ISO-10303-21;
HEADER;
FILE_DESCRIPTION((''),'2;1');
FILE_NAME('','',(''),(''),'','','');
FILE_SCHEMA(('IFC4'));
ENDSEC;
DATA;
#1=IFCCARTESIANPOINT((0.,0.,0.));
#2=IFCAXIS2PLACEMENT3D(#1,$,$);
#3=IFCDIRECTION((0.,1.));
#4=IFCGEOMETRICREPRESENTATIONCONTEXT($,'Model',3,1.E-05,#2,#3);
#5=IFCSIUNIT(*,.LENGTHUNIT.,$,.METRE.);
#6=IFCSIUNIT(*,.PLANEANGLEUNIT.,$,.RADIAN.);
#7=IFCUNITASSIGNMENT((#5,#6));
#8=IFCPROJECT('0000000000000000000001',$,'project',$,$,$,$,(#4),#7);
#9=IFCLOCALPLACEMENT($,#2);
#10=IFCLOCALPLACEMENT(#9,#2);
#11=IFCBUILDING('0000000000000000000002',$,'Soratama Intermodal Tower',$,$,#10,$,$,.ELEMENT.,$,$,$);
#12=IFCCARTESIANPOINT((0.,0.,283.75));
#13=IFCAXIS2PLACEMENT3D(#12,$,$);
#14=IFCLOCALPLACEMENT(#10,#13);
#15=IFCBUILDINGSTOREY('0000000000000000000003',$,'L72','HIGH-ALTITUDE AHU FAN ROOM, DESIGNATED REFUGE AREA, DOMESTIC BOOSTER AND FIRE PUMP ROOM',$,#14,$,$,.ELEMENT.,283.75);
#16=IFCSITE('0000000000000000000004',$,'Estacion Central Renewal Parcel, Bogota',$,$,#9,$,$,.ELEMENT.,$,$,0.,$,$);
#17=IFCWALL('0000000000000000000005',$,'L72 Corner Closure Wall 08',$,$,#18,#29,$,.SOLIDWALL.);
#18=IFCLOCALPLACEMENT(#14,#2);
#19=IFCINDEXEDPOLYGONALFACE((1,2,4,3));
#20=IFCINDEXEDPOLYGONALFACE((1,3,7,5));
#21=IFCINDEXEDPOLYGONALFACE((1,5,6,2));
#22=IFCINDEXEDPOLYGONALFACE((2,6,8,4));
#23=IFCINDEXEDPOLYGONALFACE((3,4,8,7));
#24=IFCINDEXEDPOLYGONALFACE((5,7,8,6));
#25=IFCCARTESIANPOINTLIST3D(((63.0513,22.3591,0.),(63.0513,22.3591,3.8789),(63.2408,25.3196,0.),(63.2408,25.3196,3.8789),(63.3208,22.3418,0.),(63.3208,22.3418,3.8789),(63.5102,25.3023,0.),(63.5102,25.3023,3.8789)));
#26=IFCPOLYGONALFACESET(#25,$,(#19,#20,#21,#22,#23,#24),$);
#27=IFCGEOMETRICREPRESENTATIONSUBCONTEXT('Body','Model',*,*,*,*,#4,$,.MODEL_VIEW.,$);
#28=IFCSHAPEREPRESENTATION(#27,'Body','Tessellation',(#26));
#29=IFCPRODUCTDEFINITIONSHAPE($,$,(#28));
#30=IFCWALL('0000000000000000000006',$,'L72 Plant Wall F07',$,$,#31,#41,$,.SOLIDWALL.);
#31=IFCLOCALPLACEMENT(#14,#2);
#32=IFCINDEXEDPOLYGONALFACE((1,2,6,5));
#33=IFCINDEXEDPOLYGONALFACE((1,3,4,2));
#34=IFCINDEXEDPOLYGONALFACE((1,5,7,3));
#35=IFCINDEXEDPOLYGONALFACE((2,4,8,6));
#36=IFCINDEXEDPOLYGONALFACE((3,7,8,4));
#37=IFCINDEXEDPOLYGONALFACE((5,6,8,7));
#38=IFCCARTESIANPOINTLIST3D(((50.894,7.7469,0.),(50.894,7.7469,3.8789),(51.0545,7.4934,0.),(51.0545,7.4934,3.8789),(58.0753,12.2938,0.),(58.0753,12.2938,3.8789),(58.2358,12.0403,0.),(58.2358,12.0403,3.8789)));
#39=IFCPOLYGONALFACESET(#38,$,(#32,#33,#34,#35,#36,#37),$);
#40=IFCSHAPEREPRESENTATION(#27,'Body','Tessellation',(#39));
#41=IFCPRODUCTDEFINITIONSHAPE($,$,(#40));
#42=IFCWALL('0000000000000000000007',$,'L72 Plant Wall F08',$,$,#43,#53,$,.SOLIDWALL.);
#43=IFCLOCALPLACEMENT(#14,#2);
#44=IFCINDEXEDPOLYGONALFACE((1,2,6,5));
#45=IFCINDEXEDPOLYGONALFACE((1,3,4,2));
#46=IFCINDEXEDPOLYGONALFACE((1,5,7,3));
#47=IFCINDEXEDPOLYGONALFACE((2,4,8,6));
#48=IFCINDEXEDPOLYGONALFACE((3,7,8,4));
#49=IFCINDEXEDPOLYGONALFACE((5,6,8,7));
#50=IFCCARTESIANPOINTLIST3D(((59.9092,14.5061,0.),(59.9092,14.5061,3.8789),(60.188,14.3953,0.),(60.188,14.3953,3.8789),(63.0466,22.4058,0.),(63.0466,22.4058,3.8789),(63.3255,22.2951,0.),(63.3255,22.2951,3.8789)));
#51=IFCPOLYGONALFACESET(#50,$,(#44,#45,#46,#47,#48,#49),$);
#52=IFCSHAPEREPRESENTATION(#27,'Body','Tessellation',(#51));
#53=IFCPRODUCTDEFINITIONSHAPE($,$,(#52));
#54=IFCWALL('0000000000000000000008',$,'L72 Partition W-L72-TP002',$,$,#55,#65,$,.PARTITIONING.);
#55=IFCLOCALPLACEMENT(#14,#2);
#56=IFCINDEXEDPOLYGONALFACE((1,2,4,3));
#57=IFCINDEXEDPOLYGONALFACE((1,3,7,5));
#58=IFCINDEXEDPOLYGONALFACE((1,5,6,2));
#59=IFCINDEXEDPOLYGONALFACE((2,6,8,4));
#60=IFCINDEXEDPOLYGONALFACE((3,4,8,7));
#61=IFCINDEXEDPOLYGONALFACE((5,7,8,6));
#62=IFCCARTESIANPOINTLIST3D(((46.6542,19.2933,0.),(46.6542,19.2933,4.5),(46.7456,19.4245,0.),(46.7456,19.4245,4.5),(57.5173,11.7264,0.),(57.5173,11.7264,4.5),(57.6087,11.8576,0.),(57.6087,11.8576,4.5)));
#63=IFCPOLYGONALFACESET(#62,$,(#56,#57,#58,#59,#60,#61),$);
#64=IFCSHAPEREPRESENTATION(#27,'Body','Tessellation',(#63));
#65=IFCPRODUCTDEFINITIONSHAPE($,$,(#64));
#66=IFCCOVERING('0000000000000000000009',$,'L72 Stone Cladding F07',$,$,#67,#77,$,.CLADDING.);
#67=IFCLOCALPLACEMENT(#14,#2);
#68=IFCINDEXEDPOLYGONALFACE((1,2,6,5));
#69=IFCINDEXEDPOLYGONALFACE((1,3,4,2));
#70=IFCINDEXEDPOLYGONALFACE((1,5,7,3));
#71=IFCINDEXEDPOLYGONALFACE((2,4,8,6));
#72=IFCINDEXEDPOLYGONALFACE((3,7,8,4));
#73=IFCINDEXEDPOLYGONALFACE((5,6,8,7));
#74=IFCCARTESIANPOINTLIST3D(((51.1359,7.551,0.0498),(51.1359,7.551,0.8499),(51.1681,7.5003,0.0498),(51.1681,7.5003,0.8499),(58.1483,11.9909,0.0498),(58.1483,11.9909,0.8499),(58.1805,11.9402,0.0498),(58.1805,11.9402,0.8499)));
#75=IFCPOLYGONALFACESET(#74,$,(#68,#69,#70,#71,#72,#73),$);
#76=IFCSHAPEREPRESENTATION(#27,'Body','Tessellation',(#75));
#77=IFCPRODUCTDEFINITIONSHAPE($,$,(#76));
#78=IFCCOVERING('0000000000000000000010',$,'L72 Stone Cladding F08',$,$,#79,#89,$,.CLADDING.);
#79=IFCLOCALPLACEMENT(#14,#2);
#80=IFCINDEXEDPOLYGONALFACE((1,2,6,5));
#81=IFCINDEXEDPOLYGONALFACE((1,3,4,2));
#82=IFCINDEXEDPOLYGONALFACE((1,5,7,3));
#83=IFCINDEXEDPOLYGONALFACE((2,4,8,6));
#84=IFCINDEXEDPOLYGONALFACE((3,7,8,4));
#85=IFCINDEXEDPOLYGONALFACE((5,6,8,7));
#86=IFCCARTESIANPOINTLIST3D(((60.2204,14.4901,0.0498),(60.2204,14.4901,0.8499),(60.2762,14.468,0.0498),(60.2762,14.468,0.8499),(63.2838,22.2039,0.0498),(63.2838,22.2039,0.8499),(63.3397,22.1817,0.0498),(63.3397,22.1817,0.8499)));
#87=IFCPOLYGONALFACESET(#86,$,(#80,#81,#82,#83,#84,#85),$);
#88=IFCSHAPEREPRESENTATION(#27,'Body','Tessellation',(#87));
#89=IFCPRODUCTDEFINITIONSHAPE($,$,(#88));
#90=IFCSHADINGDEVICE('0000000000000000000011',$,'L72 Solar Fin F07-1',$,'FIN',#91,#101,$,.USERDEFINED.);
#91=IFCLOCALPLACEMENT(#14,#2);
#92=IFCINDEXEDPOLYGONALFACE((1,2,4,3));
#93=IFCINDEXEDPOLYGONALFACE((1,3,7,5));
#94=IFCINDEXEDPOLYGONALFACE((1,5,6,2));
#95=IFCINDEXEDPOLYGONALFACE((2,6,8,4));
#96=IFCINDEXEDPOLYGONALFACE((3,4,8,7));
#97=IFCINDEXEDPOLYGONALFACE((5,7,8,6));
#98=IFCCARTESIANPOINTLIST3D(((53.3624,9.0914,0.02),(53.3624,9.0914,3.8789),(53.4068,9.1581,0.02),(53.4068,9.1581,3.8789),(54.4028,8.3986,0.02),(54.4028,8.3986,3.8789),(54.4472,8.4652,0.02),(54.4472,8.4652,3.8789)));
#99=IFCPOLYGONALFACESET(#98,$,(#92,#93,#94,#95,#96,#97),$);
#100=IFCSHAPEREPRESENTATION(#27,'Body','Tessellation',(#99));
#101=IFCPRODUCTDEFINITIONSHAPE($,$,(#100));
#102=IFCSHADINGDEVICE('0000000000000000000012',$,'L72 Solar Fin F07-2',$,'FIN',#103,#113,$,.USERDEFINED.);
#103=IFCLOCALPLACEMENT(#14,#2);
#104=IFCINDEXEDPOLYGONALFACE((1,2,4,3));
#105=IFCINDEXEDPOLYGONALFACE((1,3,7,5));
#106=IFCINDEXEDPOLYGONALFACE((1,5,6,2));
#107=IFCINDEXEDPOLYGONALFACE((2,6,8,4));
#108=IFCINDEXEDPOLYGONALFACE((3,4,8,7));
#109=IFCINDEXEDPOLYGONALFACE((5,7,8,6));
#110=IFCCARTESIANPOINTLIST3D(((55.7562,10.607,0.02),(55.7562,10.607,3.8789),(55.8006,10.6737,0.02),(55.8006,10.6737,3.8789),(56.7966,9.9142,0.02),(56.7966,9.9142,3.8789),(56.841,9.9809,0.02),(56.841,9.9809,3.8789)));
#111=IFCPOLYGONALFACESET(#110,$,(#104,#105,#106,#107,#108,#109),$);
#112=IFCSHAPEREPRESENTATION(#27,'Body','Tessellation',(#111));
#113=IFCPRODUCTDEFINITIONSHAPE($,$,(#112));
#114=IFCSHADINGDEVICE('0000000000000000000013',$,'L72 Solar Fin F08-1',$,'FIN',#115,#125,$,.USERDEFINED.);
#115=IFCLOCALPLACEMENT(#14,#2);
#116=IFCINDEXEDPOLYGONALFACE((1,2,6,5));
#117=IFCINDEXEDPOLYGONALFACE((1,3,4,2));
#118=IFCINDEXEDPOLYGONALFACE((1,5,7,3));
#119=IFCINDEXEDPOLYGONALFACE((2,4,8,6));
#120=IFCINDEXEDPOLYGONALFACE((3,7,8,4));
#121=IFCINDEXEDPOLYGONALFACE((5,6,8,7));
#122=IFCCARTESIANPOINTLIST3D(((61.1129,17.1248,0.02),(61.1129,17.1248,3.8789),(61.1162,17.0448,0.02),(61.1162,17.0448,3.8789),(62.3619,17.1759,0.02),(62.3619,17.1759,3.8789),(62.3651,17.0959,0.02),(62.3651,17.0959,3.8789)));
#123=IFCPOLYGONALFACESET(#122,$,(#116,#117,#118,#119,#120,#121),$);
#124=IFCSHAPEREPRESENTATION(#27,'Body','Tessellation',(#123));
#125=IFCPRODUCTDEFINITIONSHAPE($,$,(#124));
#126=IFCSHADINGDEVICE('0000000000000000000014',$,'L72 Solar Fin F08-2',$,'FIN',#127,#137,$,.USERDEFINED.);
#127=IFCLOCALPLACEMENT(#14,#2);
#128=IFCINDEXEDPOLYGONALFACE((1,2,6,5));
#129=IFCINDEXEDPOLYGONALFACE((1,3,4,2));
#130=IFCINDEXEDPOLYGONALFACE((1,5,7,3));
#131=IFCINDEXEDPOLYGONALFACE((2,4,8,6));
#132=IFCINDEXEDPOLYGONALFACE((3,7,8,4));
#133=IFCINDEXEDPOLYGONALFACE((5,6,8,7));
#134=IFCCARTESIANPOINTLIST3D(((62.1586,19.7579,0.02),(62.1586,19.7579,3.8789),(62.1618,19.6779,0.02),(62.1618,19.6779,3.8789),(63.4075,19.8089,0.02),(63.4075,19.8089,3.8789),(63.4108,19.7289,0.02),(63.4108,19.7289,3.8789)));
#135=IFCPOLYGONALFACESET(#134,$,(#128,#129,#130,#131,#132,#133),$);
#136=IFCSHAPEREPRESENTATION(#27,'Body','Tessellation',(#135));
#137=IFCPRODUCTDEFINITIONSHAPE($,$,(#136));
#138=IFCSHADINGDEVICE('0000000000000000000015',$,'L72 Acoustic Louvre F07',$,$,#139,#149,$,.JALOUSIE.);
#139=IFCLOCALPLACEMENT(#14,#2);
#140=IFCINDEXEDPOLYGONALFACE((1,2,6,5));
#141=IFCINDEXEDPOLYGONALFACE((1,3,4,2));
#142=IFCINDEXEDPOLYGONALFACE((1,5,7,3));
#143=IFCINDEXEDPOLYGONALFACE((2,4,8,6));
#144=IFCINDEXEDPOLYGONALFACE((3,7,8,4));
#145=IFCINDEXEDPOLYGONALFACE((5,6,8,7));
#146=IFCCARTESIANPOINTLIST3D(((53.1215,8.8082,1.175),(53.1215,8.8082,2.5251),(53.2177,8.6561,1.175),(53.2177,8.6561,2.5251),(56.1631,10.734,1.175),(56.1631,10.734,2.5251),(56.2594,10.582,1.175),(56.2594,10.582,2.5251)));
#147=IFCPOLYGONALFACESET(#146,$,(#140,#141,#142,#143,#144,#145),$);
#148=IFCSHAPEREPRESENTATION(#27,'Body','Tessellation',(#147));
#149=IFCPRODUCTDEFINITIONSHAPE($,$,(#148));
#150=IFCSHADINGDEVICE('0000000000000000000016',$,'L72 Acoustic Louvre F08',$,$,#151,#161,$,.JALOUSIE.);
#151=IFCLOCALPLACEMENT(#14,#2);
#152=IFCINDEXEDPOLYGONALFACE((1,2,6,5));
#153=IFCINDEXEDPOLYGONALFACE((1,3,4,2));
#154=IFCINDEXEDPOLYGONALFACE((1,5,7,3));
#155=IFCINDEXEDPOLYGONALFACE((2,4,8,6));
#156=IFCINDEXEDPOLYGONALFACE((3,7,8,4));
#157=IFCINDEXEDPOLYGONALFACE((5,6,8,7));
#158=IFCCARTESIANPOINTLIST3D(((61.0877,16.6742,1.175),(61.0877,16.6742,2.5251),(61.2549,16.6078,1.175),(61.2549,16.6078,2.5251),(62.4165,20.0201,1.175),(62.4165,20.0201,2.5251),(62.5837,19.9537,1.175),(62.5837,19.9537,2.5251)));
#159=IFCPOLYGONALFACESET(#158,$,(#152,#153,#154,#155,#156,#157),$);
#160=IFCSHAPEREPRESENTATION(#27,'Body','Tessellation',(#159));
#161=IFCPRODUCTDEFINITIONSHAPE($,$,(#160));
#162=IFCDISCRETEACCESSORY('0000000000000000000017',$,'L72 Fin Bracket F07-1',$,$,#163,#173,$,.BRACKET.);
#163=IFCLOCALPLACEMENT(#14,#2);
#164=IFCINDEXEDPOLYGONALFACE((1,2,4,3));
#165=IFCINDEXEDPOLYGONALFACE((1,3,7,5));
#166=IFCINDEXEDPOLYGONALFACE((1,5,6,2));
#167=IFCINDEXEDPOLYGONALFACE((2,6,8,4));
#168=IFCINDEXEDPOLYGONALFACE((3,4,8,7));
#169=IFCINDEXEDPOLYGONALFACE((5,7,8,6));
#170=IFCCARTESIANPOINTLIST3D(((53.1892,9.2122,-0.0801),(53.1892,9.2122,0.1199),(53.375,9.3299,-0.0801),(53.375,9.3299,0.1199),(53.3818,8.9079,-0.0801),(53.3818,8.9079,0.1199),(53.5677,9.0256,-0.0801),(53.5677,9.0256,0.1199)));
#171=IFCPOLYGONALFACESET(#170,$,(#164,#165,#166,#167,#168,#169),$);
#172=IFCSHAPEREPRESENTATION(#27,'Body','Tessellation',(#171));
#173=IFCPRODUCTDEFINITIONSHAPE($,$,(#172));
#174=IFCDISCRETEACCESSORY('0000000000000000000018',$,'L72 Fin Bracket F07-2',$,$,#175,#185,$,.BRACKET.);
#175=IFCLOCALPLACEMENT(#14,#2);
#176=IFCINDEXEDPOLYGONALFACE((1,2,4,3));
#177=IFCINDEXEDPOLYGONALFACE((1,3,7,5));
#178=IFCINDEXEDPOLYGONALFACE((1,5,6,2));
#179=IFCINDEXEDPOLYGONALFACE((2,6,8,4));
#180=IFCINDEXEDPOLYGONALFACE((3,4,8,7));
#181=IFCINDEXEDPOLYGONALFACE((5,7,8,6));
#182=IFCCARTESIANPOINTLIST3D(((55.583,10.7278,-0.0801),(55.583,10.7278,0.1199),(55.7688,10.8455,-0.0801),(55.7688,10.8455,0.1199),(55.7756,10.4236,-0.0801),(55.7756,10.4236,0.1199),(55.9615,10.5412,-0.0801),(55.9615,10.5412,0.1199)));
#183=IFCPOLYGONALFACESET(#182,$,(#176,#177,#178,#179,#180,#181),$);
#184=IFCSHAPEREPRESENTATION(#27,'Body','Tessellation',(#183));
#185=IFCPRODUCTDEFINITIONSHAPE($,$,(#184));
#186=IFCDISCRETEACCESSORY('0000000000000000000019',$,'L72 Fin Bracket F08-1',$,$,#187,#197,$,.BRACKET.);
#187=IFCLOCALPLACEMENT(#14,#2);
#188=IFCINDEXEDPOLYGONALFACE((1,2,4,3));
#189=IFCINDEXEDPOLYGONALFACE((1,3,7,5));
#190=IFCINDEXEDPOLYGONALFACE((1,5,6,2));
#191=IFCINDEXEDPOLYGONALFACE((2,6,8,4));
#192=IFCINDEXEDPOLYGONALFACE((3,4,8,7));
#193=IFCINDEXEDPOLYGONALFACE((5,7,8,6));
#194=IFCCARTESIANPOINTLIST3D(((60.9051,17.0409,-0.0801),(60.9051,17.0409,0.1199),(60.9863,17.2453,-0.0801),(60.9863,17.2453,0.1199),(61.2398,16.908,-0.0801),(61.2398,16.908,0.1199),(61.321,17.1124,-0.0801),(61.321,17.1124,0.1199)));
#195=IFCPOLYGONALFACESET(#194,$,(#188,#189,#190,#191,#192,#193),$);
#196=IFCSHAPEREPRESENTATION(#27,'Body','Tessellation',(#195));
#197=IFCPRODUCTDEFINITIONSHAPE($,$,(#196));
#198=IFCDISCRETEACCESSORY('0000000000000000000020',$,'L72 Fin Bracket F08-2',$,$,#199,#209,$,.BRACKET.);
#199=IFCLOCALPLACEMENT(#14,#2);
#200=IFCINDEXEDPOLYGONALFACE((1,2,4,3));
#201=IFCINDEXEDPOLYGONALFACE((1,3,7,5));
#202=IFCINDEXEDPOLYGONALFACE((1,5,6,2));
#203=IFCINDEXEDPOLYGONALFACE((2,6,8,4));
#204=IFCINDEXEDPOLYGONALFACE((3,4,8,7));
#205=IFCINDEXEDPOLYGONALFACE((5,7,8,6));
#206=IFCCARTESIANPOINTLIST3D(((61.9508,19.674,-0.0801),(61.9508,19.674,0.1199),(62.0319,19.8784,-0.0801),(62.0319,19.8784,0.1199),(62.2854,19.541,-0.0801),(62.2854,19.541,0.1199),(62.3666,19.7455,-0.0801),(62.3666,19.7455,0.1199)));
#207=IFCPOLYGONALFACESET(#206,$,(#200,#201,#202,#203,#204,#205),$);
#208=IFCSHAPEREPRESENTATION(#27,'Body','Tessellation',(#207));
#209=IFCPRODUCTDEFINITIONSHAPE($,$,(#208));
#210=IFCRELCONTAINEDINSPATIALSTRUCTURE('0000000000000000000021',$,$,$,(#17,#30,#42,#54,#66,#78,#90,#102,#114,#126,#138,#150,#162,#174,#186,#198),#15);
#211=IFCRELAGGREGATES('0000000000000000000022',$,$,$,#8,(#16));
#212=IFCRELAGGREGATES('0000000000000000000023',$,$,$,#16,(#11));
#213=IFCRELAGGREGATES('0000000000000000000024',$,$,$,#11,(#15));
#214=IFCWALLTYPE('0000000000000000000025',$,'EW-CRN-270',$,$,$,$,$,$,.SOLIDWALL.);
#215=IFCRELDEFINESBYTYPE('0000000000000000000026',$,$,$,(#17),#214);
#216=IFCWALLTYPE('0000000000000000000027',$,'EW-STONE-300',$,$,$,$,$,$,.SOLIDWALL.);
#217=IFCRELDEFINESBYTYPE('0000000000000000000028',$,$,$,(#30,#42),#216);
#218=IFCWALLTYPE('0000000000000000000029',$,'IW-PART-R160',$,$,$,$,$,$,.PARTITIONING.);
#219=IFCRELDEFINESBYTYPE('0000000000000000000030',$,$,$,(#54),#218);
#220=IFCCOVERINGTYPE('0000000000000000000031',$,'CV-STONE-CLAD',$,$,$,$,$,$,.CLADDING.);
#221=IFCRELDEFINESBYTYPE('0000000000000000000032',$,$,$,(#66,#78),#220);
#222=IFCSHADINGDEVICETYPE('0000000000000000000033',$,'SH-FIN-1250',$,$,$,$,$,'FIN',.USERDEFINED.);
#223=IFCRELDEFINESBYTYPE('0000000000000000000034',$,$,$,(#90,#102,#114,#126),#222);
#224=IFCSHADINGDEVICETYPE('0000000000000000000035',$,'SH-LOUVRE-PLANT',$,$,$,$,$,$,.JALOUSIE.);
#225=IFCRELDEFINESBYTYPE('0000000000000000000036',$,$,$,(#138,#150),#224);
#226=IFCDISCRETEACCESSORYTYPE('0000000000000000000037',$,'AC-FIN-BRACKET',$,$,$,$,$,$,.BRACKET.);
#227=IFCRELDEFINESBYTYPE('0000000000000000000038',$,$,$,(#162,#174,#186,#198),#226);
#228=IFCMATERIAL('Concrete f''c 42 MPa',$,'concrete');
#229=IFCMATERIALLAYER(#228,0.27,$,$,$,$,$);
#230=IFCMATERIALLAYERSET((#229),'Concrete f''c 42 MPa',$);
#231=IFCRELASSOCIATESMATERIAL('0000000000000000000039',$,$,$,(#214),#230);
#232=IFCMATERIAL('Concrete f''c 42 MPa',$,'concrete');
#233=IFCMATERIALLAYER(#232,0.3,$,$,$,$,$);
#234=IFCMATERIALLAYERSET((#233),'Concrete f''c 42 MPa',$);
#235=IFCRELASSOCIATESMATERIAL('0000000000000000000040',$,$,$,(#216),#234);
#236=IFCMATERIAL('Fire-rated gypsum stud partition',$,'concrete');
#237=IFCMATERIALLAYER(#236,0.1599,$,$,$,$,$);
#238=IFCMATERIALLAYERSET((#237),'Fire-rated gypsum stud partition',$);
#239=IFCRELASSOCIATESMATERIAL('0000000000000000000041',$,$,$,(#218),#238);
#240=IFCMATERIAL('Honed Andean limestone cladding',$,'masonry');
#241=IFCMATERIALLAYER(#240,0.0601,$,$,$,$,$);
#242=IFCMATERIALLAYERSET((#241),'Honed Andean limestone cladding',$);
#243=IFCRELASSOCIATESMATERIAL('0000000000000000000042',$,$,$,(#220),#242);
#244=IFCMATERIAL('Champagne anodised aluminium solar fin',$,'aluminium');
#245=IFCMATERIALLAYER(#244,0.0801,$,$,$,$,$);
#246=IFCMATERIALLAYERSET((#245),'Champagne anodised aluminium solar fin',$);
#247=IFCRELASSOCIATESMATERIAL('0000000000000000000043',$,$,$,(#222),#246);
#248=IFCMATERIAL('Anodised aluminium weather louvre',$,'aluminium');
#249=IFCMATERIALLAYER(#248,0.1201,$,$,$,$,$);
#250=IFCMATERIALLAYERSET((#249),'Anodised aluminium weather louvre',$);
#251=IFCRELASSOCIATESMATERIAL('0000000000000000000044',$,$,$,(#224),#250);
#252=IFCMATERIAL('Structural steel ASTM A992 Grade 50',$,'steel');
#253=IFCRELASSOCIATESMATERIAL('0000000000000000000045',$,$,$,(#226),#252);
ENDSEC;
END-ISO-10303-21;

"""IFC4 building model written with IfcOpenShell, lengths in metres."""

from ifc_helpers import new_model, si_unit, direction, frame, frame_2d, origin, origin_2d, place, context, subcontext, project, spatial, rectangle, extrude, material, layer, layer_set, type_object, element, save


model = new_model("IFC4")

# Units and contexts
model_context = context("Model", 3, precision=1e-05, world=origin(), true_north=direction((0.0, 1.0)))
body_context = subcontext(model_context, "Body", "Model", "MODEL_VIEW")
ifc_project = project(units=[si_unit("LENGTHUNIT", "METRE"), si_unit("PLANEANGLEUNIT", "RADIAN")], contexts=[model_context])

# Site, building, storey
site_placement = place(None, origin())
site = spatial("IfcSite", under=ifc_project, at=site_placement, Name="Estacion Central Renewal Parcel, Bogota", CompositionType="ELEMENT", RefElevation=0.0)
building_placement = place(site_placement, origin())
building = spatial("IfcBuilding", under=site, at=building_placement, Name="Soratama Intermodal Tower", CompositionType="ELEMENT")
storey_placement = place(building_placement, frame((0.0, 0.0, 283.75)))
storey = spatial("IfcBuildingStorey", under=building, at=storey_placement, Name="L72", Description="HIGH-ALTITUDE AHU FAN ROOM, DESIGNATED REFUGE AREA, DOMESTIC BOOSTER AND FIRE PUMP ROOM", CompositionType="ELEMENT", Elevation=283.75)

# Walls
ifc_material_1 = material(Name="Concrete f'c 42 MPa", Category="concrete")
ifc_layer_1 = layer(ifc_material_1, 0.27)
ifc_layer_set_1 = layer_set([ifc_layer_1], Name="Concrete f'c 42 MPa")
wall_type_1 = type_object("IfcWallType", Name="EW-CRN-270", PredefinedType="SOLIDWALL", material=ifc_layer_set_1)
wall_1_placement = place(storey_placement, frame((63.186, 22.3503, 0.0), z_axis=(0.0, 0.0, 1.0), x_axis=(0.063864, 0.997959, 0.0)))
element("IfcWall", 1, at=wall_1_placement, inside=storey, type_object=wall_type_1, Name="L72 Corner Closure Wall 08", PredefinedType="SOLIDWALL", context=body_context, shape_type="SweptSolid", body=[
    extrude(rectangle(XDim=2.9666, YDim=0.27, at=frame_2d((1.4834, 0.0))), origin(), (0.0, 0.0, 1.0), 3.8789),
])
ifc_material_2 = material(Name="Concrete f'c 42 MPa", Category="concrete")
ifc_layer_2 = layer(ifc_material_2, 0.3)
ifc_layer_set_2 = layer_set([ifc_layer_2], Name="Concrete f'c 42 MPa")
wall_type_2 = type_object("IfcWallType", Name="EW-STONE-300", PredefinedType="SOLIDWALL", material=ifc_layer_set_2)
wall_2_placement = place(storey_placement, frame((50.9741, 7.6201, 0.0), z_axis=(0.0, 0.0, 1.0), x_axis=(0.84489, 0.534939, 0.0)))
element("IfcWall", 2, at=wall_2_placement, inside=storey, type_object=wall_type_2, Name="L72 Plant Wall F07", PredefinedType="SOLIDWALL", context=body_context, shape_type="SweptSolid", body=[
    extrude(rectangle(XDim=8.4998, YDim=0.3, at=frame_2d((4.25, 0.0))), origin(), (0.0, 0.0, 1.0), 3.8789),
])
wall_3_placement = place(storey_placement, frame((60.0486, 14.4507, 0.0), z_axis=(0.0, 0.0, 1.0), x_axis=(0.369117, 0.929383, 0.0)))
element("IfcWall", 3, at=wall_3_placement, inside=storey, type_object=wall_type_2, Name="L72 Plant Wall F08", PredefinedType="SOLIDWALL", context=body_context, shape_type="SweptSolid", body=[
    extrude(rectangle(XDim=8.5, YDim=0.3, at=frame_2d((4.25, 0.0))), origin(), (0.0, 0.0, 1.0), 3.8789),
])
ifc_material_3 = material(Name="Fire-rated gypsum stud partition", Category="concrete")
ifc_layer_3 = layer(ifc_material_3, 0.1599)
ifc_layer_set_3 = layer_set([ifc_layer_3], Name="Fire-rated gypsum stud partition")
wall_type_3 = type_object("IfcWallType", Name="IW-PART-R160", PredefinedType="PARTITIONING", material=ifc_layer_set_3)
wall_4_placement = place(storey_placement, frame((57.563, 11.792, 0.0), z_axis=(0.0, 0.0, 1.0), x_axis=(-0.820551, 0.571573, 0.0)))
element("IfcWall", 4, at=wall_4_placement, inside=storey, type_object=wall_type_3, Name="L72 Partition W-L72-TP002", PredefinedType="PARTITIONING", context=body_context, shape_type="SweptSolid", body=[
    extrude(rectangle(XDim=13.2388, YDim=0.1599, at=frame_2d((6.6194, 0.0))), origin(), (0.0, 0.0, 1.0), 4.5),
])

# Coverings
ifc_material_4 = material(Name="Honed Andean limestone cladding", Category="masonry")
ifc_layer_4 = layer(ifc_material_4, 0.0601)
ifc_layer_set_4 = layer_set([ifc_layer_4], Name="Honed Andean limestone cladding")
covering_type = type_object("IfcCoveringType", Name="CV-STONE-CLAD", PredefinedType="CLADDING", material=ifc_layer_set_4)
for number, where, z_axis, x_axis, name in (
    (5, (54.6582, 9.7456, 0.0498), (0.0, 0.0, 1.0), (0.844889, 0.534942, 0.0), "L72 Stone Cladding F07"),
    (6, (61.78, 18.3359, 0.0498), (0.0, 0.0, 1.0), (0.369098, 0.92939, 0.0), "L72 Stone Cladding F08"),
):
    element("IfcCovering", number, at=place(storey_placement, frame(where, z_axis=z_axis, x_axis=x_axis)), inside=storey, type_object=covering_type, Name=name, PredefinedType="CLADDING", context=body_context, shape_type="SweptSolid", body=[
        extrude(rectangle(XDim=8.2998, YDim=0.0601, at=origin_2d()), origin(), (0.0, 0.0, 1.0), 0.8),
    ])

# Shading devices
ifc_material_5 = material(Name="Champagne anodised aluminium solar fin", Category="aluminium")
ifc_layer_5 = layer(ifc_material_5, 0.0801)
ifc_layer_set_5 = layer_set([ifc_layer_5], Name="Champagne anodised aluminium solar fin")
shading_device_type_1 = type_object("IfcShadingDeviceType", Name="SH-FIN-1250", ElementType="FIN", PredefinedType="USERDEFINED", material=ifc_layer_set_5)
for number, where, z_axis, x_axis, name in (
    (7, (53.9048, 8.7783, 0.02), (0.0, 0.0, 1.0), (0.832341, -0.554263, 0.0), "L72 Solar Fin F07-1"),
    (8, (56.2986, 10.2939, 0.02), (0.0, 0.0, 1.0), (0.832341, -0.554263, 0.0), "L72 Solar Fin F07-2"),
    (9, (61.739, 17.1104, 0.02), (0.0, 0.0, 1.0), (0.999166, 0.040829, 0.0), "L72 Solar Fin F08-1"),
    (10, (62.7847, 19.7434, 0.02), (0.0, 0.0, 1.0), (0.999166, 0.040829, 0.0), "L72 Solar Fin F08-2"),
):
    element("IfcShadingDevice", number, at=place(storey_placement, frame(where, z_axis=z_axis, x_axis=x_axis)), inside=storey, type_object=shading_device_type_1, Name=name, ObjectType="FIN", PredefinedType="USERDEFINED", context=body_context, shape_type="SweptSolid", body=[
        extrude(rectangle(XDim=1.25, YDim=0.0801, at=origin_2d()), origin(), (0.0, 0.0, 1.0), 3.8589),
    ])
ifc_material_6 = material(Name="Anodised aluminium weather louvre", Category="aluminium")
ifc_layer_6 = layer(ifc_material_6, 0.1201)
ifc_layer_set_6 = layer_set([ifc_layer_6], Name="Anodised aluminium weather louvre")
shading_device_type_2 = type_object("IfcShadingDeviceType", Name="SH-LOUVRE-PLANT", PredefinedType="JALOUSIE", material=ifc_layer_set_6)
for number, where, z_axis, x_axis, name in (
    (11, (54.6904, 9.6951, 1.175), (0.0, 0.0, 1.0), (0.844889, 0.534942, 0.0), "L72 Acoustic Louvre F07"),
    (12, (61.8357, 18.314, 1.175), (0.0, 0.0, 1.0), (0.369098, 0.92939, 0.0), "L72 Acoustic Louvre F08"),
):
    element("IfcShadingDevice", number, at=place(storey_placement, frame(where, z_axis=z_axis, x_axis=x_axis)), inside=storey, type_object=shading_device_type_2, Name=name, PredefinedType="JALOUSIE", context=body_context, shape_type="SweptSolid", body=[
        extrude(rectangle(XDim=3.6001, YDim=0.1799, at=origin_2d()), origin(), (0.0, 0.0, 1.0), 1.3501),
    ])

# Discrete accessories
ifc_material_7 = material(Name="Structural steel ASTM A992 Grade 50", Category="steel")
discrete_accessory_type = type_object("IfcDiscreteAccessoryType", Name="AC-FIN-BRACKET", PredefinedType="BRACKET", material=ifc_material_7)
for number, where, z_axis, x_axis, name in (
    (13, (53.3784, 9.1189, -0.0801), (0.0, 0.0, 1.0), (0.534942, -0.844889, 0.0), "L72 Fin Bracket F07-1"),
    (14, (55.7722, 10.6345, -0.0801), (0.0, 0.0, 1.0), (0.534942, -0.844889, 0.0), "L72 Fin Bracket F07-2"),
    (15, (61.113, 17.0767, -0.0801), (0.0, 0.0, 1.0), (0.92939, -0.369098, 0.0), "L72 Fin Bracket F08-1"),
    (16, (62.1587, 19.7097, -0.0801), (0.0, 0.0, 1.0), (0.92939, -0.369098, 0.0), "L72 Fin Bracket F08-2"),
):
    element("IfcDiscreteAccessory", number, at=place(storey_placement, frame(where, z_axis=z_axis, x_axis=x_axis)), inside=storey, type_object=discrete_accessory_type, Name=name, PredefinedType="BRACKET", context=body_context, shape_type="SweptSolid", body=[
        extrude(rectangle(XDim=0.3601, YDim=0.22, at=origin_2d()), origin(), (0.0, 0.0, 1.0), 0.2),
    ])

save(model, "model.ifc")
